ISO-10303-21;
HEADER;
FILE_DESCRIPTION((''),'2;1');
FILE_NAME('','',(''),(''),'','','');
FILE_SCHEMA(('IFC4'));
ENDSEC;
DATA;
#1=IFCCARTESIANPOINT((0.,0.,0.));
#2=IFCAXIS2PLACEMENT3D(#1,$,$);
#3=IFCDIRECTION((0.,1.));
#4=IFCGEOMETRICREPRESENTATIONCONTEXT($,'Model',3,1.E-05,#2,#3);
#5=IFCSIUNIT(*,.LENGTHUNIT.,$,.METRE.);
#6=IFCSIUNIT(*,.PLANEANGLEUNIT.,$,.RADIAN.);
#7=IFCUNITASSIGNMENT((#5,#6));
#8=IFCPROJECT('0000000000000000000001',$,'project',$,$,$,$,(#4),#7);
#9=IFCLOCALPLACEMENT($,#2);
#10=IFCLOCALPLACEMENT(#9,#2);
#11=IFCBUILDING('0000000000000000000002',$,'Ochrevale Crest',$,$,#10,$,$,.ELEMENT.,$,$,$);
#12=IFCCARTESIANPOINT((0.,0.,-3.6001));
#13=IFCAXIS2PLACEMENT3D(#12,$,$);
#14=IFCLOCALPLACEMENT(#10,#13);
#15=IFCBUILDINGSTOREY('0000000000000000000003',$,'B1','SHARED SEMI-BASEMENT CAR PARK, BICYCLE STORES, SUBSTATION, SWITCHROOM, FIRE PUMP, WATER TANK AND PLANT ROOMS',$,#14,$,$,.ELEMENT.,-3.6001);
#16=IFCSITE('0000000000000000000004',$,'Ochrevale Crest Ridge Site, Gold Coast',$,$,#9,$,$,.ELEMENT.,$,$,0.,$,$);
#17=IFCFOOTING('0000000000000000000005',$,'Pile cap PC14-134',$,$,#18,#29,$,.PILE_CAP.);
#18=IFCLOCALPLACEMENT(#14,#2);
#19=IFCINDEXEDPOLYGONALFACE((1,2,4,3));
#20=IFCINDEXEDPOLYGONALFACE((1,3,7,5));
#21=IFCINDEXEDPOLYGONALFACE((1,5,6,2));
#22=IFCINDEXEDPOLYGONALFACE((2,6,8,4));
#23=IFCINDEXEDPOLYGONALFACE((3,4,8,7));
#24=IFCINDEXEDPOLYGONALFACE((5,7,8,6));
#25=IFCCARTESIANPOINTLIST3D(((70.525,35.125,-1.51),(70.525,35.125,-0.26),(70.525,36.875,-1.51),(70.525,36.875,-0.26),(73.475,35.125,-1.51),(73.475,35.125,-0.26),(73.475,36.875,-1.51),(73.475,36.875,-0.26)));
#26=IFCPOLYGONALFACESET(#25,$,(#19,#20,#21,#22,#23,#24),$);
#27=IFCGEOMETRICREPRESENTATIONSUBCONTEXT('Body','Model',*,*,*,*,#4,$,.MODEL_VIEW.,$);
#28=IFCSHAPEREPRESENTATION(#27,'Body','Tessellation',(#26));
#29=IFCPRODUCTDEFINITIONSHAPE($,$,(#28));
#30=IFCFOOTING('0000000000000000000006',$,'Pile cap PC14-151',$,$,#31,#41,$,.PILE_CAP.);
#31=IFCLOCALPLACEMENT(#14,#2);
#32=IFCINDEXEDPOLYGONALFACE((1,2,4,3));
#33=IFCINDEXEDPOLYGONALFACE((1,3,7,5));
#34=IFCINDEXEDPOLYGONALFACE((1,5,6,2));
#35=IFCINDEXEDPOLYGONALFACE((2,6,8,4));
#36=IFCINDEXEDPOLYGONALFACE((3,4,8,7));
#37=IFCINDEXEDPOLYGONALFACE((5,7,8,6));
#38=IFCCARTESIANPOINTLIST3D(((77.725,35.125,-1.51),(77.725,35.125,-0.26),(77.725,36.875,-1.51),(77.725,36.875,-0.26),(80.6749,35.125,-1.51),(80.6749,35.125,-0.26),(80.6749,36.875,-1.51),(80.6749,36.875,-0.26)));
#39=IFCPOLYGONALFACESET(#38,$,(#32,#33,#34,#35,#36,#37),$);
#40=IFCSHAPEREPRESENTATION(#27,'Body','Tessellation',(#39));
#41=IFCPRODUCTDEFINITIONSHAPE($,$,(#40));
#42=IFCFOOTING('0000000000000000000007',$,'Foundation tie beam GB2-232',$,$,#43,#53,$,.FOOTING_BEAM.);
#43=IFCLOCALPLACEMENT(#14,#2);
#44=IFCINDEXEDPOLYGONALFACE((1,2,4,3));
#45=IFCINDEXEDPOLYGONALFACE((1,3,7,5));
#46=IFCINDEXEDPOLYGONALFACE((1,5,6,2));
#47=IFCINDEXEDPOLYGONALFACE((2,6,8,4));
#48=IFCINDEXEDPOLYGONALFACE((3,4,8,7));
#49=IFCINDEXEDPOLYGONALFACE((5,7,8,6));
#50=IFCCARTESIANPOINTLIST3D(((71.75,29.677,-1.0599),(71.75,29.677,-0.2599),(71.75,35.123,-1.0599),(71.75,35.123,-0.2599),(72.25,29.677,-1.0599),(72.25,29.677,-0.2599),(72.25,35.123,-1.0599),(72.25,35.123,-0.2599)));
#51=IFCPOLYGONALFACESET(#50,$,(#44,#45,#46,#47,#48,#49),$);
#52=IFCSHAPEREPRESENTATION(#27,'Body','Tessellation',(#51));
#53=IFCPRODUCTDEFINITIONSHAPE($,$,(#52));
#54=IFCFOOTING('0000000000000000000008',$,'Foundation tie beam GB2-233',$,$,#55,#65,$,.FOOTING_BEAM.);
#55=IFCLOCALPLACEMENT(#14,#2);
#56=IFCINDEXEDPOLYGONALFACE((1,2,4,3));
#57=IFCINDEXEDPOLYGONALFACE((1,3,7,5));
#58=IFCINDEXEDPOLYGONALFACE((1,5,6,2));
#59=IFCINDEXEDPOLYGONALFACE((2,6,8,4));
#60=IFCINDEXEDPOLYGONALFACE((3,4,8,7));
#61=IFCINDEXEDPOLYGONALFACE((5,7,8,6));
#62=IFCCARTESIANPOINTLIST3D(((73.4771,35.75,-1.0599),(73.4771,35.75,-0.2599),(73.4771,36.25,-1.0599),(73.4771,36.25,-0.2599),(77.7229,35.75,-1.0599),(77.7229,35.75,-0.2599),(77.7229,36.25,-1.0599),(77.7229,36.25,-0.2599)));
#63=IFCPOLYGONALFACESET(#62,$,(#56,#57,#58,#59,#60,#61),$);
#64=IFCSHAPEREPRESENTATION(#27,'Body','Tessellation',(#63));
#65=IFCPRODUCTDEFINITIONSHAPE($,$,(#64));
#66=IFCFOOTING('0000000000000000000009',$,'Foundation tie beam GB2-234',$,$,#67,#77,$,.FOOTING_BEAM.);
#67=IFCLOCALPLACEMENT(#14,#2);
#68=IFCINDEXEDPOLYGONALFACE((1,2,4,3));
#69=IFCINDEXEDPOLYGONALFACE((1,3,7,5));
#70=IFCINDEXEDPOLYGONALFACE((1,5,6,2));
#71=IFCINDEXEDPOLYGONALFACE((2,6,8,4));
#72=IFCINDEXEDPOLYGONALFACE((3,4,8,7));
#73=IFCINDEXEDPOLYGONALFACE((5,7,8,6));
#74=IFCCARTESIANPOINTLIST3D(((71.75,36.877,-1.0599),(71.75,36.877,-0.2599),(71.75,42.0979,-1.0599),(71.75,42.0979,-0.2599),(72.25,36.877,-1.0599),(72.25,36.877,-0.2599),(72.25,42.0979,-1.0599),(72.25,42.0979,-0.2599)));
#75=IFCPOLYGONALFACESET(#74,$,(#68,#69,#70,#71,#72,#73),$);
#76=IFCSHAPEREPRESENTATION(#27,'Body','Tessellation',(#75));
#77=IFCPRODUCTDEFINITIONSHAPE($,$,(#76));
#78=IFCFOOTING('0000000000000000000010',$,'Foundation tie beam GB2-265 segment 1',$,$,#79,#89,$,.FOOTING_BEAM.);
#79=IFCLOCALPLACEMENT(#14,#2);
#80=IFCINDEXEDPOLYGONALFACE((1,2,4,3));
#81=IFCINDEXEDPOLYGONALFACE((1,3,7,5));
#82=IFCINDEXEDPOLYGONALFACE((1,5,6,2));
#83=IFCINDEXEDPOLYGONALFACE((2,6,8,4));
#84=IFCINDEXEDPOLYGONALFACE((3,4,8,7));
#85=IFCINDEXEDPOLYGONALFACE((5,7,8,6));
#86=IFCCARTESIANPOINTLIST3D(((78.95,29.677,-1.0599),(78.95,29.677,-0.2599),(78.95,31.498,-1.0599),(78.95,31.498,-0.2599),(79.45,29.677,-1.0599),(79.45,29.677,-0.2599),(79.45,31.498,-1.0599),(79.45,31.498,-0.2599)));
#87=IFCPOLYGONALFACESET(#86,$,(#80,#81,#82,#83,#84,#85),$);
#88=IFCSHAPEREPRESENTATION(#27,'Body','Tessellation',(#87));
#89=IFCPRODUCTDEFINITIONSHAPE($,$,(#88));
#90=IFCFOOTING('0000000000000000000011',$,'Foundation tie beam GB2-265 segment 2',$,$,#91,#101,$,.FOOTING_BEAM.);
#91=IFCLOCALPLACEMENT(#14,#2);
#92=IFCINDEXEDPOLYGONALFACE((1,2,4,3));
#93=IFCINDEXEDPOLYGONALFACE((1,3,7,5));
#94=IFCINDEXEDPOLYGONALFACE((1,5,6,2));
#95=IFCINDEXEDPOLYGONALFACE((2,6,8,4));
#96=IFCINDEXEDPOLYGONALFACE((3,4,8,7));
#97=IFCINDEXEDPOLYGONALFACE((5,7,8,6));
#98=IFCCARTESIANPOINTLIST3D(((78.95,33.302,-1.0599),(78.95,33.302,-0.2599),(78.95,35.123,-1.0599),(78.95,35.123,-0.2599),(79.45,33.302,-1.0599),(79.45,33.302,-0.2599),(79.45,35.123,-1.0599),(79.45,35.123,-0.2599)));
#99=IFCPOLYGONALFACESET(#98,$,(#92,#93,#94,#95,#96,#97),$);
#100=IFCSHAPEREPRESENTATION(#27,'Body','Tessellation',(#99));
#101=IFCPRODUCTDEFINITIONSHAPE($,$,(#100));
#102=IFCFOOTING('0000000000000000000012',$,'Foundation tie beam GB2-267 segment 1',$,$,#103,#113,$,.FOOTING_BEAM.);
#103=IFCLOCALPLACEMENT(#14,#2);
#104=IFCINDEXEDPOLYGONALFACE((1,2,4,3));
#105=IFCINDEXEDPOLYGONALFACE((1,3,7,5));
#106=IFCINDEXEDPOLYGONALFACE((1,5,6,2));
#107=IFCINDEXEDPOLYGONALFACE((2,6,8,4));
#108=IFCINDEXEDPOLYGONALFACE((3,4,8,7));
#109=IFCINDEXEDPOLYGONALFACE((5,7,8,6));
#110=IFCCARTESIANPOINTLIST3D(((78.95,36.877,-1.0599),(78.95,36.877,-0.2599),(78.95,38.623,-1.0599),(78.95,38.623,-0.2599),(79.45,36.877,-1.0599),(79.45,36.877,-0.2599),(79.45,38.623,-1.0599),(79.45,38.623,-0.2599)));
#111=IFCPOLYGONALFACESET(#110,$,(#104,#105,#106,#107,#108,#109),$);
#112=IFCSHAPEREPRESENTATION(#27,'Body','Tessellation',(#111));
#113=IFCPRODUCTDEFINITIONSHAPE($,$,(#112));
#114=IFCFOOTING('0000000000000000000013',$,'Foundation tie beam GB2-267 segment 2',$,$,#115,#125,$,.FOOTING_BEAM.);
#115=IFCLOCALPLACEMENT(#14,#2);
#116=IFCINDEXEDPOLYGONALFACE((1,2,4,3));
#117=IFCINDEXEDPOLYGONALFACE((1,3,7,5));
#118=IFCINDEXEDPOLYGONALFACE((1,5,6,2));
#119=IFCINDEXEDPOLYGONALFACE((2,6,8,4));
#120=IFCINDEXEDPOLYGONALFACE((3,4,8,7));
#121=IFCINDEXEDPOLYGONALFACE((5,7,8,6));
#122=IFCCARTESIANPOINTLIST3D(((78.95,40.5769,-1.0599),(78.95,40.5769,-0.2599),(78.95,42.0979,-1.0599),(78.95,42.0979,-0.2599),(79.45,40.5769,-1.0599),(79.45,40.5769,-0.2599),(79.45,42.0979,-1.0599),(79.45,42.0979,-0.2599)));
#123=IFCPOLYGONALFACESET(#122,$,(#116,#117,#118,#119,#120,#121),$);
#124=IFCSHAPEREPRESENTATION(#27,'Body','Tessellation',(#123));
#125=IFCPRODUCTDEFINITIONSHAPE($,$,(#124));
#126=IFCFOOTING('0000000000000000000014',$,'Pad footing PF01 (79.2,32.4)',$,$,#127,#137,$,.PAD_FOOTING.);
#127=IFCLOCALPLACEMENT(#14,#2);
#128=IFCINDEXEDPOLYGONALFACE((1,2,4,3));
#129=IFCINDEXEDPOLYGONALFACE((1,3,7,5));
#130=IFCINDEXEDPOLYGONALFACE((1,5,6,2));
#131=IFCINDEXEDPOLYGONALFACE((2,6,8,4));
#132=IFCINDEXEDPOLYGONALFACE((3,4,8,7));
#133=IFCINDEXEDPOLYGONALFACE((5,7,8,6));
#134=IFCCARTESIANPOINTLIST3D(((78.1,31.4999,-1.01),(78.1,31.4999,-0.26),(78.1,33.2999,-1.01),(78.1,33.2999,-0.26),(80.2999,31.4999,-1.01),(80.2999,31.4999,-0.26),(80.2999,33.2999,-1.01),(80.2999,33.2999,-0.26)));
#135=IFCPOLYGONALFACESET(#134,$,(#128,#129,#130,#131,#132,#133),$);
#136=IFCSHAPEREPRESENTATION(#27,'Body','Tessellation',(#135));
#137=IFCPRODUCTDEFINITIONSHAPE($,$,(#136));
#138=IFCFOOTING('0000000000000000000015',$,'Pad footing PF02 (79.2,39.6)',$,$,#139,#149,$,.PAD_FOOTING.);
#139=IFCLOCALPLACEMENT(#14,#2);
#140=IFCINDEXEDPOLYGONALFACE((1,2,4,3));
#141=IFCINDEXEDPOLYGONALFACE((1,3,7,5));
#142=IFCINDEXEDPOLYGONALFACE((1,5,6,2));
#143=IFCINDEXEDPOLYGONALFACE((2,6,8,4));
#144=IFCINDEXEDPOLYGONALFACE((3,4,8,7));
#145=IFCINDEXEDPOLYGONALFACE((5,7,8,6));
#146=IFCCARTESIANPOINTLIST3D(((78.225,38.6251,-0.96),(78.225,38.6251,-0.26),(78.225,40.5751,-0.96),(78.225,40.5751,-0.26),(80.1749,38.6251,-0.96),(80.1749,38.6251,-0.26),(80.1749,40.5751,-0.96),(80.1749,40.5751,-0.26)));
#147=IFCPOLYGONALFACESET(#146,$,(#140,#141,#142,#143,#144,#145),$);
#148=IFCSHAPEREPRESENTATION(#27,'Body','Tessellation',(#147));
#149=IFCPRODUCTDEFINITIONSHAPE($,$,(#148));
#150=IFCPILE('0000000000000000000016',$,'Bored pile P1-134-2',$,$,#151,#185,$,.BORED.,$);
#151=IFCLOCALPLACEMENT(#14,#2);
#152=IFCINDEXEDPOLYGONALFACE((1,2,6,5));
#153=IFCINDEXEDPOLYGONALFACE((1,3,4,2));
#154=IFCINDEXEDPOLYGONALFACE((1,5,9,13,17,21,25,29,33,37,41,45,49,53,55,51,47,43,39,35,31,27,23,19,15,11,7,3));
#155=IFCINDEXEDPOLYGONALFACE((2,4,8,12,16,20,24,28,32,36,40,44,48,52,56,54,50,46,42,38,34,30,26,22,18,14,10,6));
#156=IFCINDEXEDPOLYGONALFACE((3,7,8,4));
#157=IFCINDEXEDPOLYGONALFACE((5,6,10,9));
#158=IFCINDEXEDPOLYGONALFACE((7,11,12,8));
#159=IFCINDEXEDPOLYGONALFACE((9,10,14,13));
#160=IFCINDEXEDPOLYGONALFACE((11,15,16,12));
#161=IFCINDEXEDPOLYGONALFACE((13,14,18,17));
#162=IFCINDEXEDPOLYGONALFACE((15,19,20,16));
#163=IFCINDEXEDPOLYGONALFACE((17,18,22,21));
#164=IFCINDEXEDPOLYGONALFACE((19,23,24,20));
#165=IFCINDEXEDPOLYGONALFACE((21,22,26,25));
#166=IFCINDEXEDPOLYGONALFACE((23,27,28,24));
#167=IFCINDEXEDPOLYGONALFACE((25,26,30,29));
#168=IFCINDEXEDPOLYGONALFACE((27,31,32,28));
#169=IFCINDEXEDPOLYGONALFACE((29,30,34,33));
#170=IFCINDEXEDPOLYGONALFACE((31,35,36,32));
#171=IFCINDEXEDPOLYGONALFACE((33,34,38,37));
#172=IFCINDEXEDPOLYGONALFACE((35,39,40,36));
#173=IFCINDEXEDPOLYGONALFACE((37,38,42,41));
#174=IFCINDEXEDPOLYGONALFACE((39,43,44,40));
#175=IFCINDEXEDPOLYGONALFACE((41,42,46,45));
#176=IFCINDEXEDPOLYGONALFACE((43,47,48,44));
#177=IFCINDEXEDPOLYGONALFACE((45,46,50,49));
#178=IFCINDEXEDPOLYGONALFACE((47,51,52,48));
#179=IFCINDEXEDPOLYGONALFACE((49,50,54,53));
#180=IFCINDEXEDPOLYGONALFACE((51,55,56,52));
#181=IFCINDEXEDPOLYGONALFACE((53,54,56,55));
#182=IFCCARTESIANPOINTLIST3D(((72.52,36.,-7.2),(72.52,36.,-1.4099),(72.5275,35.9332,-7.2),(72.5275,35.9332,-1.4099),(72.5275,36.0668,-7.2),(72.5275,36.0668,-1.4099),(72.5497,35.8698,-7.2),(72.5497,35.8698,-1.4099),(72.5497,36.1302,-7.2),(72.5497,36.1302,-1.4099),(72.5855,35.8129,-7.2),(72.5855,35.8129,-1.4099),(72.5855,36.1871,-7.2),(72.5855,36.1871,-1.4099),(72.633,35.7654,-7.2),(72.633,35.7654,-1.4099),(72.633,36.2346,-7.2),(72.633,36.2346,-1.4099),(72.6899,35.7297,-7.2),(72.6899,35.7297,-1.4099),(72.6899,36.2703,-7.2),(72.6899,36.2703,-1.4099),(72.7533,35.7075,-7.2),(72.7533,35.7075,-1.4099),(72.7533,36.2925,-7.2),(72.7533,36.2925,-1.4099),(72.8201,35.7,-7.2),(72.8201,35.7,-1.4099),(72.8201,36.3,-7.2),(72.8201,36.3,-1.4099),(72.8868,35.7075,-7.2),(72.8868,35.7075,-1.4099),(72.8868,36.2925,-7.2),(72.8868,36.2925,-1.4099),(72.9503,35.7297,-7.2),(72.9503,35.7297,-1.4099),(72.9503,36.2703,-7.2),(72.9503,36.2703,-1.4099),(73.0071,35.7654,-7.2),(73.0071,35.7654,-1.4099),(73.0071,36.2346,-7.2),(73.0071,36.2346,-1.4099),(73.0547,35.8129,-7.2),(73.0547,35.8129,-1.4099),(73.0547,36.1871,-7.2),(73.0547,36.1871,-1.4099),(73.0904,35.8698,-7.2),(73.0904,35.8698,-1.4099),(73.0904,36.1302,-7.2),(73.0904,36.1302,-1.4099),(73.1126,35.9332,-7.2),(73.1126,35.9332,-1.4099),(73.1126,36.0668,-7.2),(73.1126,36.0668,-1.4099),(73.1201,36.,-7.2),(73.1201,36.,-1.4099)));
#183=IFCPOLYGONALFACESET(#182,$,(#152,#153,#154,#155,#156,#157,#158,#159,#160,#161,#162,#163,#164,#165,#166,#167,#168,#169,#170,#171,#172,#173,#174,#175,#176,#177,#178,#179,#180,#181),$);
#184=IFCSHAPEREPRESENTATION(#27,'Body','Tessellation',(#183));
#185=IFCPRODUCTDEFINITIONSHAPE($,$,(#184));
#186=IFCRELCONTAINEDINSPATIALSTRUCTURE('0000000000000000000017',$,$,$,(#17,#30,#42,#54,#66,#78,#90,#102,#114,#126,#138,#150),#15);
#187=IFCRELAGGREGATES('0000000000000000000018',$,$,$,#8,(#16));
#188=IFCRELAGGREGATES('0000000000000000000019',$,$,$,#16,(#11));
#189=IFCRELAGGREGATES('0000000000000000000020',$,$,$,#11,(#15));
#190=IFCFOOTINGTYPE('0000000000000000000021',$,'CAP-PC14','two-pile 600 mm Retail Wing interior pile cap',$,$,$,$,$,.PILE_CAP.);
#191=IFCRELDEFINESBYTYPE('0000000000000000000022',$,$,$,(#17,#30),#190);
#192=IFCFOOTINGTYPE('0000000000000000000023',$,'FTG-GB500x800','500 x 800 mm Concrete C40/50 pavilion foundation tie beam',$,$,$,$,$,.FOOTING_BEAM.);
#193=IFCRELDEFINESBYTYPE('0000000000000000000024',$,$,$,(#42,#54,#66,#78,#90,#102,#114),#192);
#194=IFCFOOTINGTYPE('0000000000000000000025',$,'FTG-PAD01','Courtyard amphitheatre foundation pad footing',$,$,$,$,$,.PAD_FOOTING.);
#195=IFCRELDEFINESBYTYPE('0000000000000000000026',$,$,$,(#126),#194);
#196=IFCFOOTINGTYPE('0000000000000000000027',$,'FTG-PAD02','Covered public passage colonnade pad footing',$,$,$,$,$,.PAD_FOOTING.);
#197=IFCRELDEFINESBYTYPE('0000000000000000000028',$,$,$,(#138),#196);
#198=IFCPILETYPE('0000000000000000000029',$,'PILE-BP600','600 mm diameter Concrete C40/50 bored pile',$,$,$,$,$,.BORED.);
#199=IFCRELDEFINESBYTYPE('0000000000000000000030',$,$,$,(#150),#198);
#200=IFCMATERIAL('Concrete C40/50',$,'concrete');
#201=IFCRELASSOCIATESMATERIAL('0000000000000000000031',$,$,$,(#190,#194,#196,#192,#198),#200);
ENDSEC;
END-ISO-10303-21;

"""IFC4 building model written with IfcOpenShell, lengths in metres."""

from ifc_helpers import new_model, si_unit, direction, frame, origin, origin_2d, place, context, subcontext, project, spatial, rectangle, circle, extrude, material, material_profile, profile_set, type_object, element, save


model = new_model("IFC4")

# Units and contexts
model_context = context("Model", 3, precision=1e-05, world=origin(), true_north=direction((0.0, 1.0)))
body_context = subcontext(model_context, "Body", "Model", "MODEL_VIEW")
ifc_project = project(units=[si_unit("LENGTHUNIT", "METRE"), si_unit("PLANEANGLEUNIT", "RADIAN")], contexts=[model_context])

# Site, building, storey
site_placement = place(None, origin())
site = spatial("IfcSite", under=ifc_project, at=site_placement, Name="Ochrevale Crest Ridge Site, Gold Coast", CompositionType="ELEMENT", RefElevation=0.0)
building_placement = place(site_placement, origin())
building = spatial("IfcBuilding", under=site, at=building_placement, Name="Ochrevale Crest", CompositionType="ELEMENT")
storey_placement = place(building_placement, frame((0.0, 0.0, -3.6001)))
storey = spatial("IfcBuildingStorey", under=building, at=storey_placement, Name="B1", Description="SHARED SEMI-BASEMENT CAR PARK, BICYCLE STORES, SUBSTATION, SWITCHROOM, FIRE PUMP, WATER TANK AND PLANT ROOMS", CompositionType="ELEMENT", Elevation=-3.6001)

# Footings
ifc_material_1 = material(Name="Concrete C40/50", Category="concrete")
footing_type_1 = type_object("IfcFootingType", Name="CAP-PC14", Description="two-pile 600 mm Retail Wing interior pile cap", PredefinedType="PILE_CAP", material=ifc_material_1)
for number, where, z_axis, x_axis, name in (
    (1, (72.0, 36.0, -1.51), (0.0, 0.0, 1.0), (1.0, 0.0, 0.0), "Pile cap PC14-134"),
    (2, (79.2, 36.0, -1.51), (0.0, 0.0, 1.0), (1.0, 0.0, 0.0), "Pile cap PC14-151"),
):
    element("IfcFooting", number, at=place(storey_placement, frame(where, z_axis=z_axis, x_axis=x_axis)), inside=storey, type_object=footing_type_1, Name=name, PredefinedType="PILE_CAP", context=body_context, shape_type="SweptSolid", body=[
        extrude(rectangle(XDim=2.95, YDim=1.75, at=origin_2d()), origin(), (0.0, 0.0, 1.0), 1.25),
    ])
ifc_material_profile_1 = material_profile(ifc_material_1, rectangle(XDim=0.5, YDim=0.8, at=origin_2d()), Name="GB 500x800")
ifc_profile_set_1 = profile_set([ifc_material_profile_1], Name="Concrete C40/50")
footing_type_2 = type_object("IfcFootingType", Name="FTG-GB500x800", Description="500 x 800 mm Concrete C40/50 pavilion foundation tie beam", PredefinedType="FOOTING_BEAM", material=ifc_profile_set_1)
footing_1_placement = place(storey_placement, frame((72.0, 29.677, -0.6599), z_axis=(0.0, 1.0, 0.0), x_axis=(-1.0, 0.0, 0.0)))
element("IfcFooting", 3, at=footing_1_placement, inside=storey, type_object=footing_type_2, Name="Foundation tie beam GB2-232", PredefinedType="FOOTING_BEAM", context=body_context, shape_type="SweptSolid", body=[
    extrude(rectangle(XDim=0.5, YDim=0.8, at=origin_2d()), origin(), (0.0, 0.0, 1.0), 5.446),
])
footing_2_placement = place(storey_placement, frame((73.4771, 36.0, -0.6599), z_axis=(1.0, 0.0, 0.0), x_axis=(0.0, 1.0, 0.0)))
element("IfcFooting", 4, at=footing_2_placement, inside=storey, type_object=footing_type_2, Name="Foundation tie beam GB2-233", PredefinedType="FOOTING_BEAM", context=body_context, shape_type="SweptSolid", body=[
    extrude(rectangle(XDim=0.5, YDim=0.8, at=origin_2d()), origin(), (0.0, 0.0, 1.0), 4.2458),
])
footing_3_placement = place(storey_placement, frame((72.0, 36.877, -0.6599), z_axis=(0.0, 1.0, 0.0), x_axis=(-1.0, 0.0, 0.0)))
element("IfcFooting", 5, at=footing_3_placement, inside=storey, type_object=footing_type_2, Name="Foundation tie beam GB2-234", PredefinedType="FOOTING_BEAM", context=body_context, shape_type="SweptSolid", body=[
    extrude(rectangle(XDim=0.5, YDim=0.8, at=origin_2d()), origin(), (0.0, 0.0, 1.0), 5.2209),
])
for number, where, z_axis, x_axis, name in (
    (6, (79.2, 29.677, -0.6599), (0.0, 1.0, 0.0), (-1.0, 0.0, 0.0), "Foundation tie beam GB2-265 segment 1"),
    (7, (79.2, 33.302, -0.6599), (0.0, 1.0, 0.0), (-1.0, 0.0, 0.0), "Foundation tie beam GB2-265 segment 2"),
):
    element("IfcFooting", number, at=place(storey_placement, frame(where, z_axis=z_axis, x_axis=x_axis)), inside=storey, type_object=footing_type_2, Name=name, PredefinedType="FOOTING_BEAM", context=body_context, shape_type="SweptSolid", body=[
        extrude(rectangle(XDim=0.5, YDim=0.8, at=origin_2d()), origin(), (0.0, 0.0, 1.0), 1.821),
    ])
footing_4_placement = place(storey_placement, frame((79.2, 36.877, -0.6599), z_axis=(0.0, 1.0, 0.0), x_axis=(-1.0, 0.0, 0.0)))
element("IfcFooting", 8, at=footing_4_placement, inside=storey, type_object=footing_type_2, Name="Foundation tie beam GB2-267 segment 1", PredefinedType="FOOTING_BEAM", context=body_context, shape_type="SweptSolid", body=[
    extrude(rectangle(XDim=0.5, YDim=0.8, at=origin_2d()), origin(), (0.0, 0.0, 1.0), 1.7461),
])
footing_5_placement = place(storey_placement, frame((79.2, 40.5769, -0.6599), z_axis=(0.0, 1.0, 0.0), x_axis=(-1.0, 0.0, 0.0)))
element("IfcFooting", 9, at=footing_5_placement, inside=storey, type_object=footing_type_2, Name="Foundation tie beam GB2-267 segment 2", PredefinedType="FOOTING_BEAM", context=body_context, shape_type="SweptSolid", body=[
    extrude(rectangle(XDim=0.5, YDim=0.8, at=origin_2d()), origin(), (0.0, 0.0, 1.0), 1.521),
])
footing_type_3 = type_object("IfcFootingType", Name="FTG-PAD01", Description="Courtyard amphitheatre foundation pad footing", PredefinedType="PAD_FOOTING", material=ifc_material_1)
footing_6_placement = place(storey_placement, frame((79.2, 32.3999, -1.01), z_axis=(0.0, 0.0, 1.0), x_axis=(1.0, 0.0, 0.0)))
element("IfcFooting", 10, at=footing_6_placement, inside=storey, type_object=footing_type_3, Name="Pad footing PF01 (79.2,32.4)", PredefinedType="PAD_FOOTING", context=body_context, shape_type="SweptSolid", body=[
    extrude(rectangle(XDim=2.2, YDim=1.8, at=origin_2d()), origin(), (0.0, 0.0, 1.0), 0.75),
])
footing_type_4 = type_object("IfcFootingType", Name="FTG-PAD02", Description="Covered public passage colonnade pad footing", PredefinedType="PAD_FOOTING", material=ifc_material_1)
footing_7_placement = place(storey_placement, frame((79.2, 39.6001, -0.96), z_axis=(0.0, 0.0, 1.0), x_axis=(1.0, 0.0, 0.0)))
element("IfcFooting", 11, at=footing_7_placement, inside=storey, type_object=footing_type_4, Name="Pad footing PF02 (79.2,39.6)", PredefinedType="PAD_FOOTING", context=body_context, shape_type="SweptSolid", body=[
    extrude(rectangle(XDim=1.95, YDim=1.95, at=origin_2d()), origin(), (0.0, 0.0, 1.0), 0.7),
])

# Pile
ifc_material_profile_2 = material_profile(ifc_material_1, circle(Radius=0.3, at=origin_2d()), Name="BORED PILE 600")
ifc_profile_set_2 = profile_set([ifc_material_profile_2], Name="Concrete C40/50")
pile_type = type_object("IfcPileType", Name="PILE-BP600", Description="600 mm diameter Concrete C40/50 bored pile", PredefinedType="BORED", material=ifc_profile_set_2)
for number, where, z_axis, x_axis, name in (
    (12, (72.8201, 36.0, -1.4099), (0.0, 0.0, -1.0), (1.0, 0.0, 0.0), "Bored pile P1-134-2"),
):
    element("IfcPile", number, at=place(storey_placement, frame(where, z_axis=z_axis, x_axis=x_axis)), inside=storey, type_object=pile_type, Name=name, PredefinedType="BORED", context=body_context, shape_type="SweptSolid", body=[
        extrude(circle(Radius=0.3, at=origin_2d()), origin(), (0.0, 0.0, 1.0), 5.79),
    ])

save(model, "model.ifc")
